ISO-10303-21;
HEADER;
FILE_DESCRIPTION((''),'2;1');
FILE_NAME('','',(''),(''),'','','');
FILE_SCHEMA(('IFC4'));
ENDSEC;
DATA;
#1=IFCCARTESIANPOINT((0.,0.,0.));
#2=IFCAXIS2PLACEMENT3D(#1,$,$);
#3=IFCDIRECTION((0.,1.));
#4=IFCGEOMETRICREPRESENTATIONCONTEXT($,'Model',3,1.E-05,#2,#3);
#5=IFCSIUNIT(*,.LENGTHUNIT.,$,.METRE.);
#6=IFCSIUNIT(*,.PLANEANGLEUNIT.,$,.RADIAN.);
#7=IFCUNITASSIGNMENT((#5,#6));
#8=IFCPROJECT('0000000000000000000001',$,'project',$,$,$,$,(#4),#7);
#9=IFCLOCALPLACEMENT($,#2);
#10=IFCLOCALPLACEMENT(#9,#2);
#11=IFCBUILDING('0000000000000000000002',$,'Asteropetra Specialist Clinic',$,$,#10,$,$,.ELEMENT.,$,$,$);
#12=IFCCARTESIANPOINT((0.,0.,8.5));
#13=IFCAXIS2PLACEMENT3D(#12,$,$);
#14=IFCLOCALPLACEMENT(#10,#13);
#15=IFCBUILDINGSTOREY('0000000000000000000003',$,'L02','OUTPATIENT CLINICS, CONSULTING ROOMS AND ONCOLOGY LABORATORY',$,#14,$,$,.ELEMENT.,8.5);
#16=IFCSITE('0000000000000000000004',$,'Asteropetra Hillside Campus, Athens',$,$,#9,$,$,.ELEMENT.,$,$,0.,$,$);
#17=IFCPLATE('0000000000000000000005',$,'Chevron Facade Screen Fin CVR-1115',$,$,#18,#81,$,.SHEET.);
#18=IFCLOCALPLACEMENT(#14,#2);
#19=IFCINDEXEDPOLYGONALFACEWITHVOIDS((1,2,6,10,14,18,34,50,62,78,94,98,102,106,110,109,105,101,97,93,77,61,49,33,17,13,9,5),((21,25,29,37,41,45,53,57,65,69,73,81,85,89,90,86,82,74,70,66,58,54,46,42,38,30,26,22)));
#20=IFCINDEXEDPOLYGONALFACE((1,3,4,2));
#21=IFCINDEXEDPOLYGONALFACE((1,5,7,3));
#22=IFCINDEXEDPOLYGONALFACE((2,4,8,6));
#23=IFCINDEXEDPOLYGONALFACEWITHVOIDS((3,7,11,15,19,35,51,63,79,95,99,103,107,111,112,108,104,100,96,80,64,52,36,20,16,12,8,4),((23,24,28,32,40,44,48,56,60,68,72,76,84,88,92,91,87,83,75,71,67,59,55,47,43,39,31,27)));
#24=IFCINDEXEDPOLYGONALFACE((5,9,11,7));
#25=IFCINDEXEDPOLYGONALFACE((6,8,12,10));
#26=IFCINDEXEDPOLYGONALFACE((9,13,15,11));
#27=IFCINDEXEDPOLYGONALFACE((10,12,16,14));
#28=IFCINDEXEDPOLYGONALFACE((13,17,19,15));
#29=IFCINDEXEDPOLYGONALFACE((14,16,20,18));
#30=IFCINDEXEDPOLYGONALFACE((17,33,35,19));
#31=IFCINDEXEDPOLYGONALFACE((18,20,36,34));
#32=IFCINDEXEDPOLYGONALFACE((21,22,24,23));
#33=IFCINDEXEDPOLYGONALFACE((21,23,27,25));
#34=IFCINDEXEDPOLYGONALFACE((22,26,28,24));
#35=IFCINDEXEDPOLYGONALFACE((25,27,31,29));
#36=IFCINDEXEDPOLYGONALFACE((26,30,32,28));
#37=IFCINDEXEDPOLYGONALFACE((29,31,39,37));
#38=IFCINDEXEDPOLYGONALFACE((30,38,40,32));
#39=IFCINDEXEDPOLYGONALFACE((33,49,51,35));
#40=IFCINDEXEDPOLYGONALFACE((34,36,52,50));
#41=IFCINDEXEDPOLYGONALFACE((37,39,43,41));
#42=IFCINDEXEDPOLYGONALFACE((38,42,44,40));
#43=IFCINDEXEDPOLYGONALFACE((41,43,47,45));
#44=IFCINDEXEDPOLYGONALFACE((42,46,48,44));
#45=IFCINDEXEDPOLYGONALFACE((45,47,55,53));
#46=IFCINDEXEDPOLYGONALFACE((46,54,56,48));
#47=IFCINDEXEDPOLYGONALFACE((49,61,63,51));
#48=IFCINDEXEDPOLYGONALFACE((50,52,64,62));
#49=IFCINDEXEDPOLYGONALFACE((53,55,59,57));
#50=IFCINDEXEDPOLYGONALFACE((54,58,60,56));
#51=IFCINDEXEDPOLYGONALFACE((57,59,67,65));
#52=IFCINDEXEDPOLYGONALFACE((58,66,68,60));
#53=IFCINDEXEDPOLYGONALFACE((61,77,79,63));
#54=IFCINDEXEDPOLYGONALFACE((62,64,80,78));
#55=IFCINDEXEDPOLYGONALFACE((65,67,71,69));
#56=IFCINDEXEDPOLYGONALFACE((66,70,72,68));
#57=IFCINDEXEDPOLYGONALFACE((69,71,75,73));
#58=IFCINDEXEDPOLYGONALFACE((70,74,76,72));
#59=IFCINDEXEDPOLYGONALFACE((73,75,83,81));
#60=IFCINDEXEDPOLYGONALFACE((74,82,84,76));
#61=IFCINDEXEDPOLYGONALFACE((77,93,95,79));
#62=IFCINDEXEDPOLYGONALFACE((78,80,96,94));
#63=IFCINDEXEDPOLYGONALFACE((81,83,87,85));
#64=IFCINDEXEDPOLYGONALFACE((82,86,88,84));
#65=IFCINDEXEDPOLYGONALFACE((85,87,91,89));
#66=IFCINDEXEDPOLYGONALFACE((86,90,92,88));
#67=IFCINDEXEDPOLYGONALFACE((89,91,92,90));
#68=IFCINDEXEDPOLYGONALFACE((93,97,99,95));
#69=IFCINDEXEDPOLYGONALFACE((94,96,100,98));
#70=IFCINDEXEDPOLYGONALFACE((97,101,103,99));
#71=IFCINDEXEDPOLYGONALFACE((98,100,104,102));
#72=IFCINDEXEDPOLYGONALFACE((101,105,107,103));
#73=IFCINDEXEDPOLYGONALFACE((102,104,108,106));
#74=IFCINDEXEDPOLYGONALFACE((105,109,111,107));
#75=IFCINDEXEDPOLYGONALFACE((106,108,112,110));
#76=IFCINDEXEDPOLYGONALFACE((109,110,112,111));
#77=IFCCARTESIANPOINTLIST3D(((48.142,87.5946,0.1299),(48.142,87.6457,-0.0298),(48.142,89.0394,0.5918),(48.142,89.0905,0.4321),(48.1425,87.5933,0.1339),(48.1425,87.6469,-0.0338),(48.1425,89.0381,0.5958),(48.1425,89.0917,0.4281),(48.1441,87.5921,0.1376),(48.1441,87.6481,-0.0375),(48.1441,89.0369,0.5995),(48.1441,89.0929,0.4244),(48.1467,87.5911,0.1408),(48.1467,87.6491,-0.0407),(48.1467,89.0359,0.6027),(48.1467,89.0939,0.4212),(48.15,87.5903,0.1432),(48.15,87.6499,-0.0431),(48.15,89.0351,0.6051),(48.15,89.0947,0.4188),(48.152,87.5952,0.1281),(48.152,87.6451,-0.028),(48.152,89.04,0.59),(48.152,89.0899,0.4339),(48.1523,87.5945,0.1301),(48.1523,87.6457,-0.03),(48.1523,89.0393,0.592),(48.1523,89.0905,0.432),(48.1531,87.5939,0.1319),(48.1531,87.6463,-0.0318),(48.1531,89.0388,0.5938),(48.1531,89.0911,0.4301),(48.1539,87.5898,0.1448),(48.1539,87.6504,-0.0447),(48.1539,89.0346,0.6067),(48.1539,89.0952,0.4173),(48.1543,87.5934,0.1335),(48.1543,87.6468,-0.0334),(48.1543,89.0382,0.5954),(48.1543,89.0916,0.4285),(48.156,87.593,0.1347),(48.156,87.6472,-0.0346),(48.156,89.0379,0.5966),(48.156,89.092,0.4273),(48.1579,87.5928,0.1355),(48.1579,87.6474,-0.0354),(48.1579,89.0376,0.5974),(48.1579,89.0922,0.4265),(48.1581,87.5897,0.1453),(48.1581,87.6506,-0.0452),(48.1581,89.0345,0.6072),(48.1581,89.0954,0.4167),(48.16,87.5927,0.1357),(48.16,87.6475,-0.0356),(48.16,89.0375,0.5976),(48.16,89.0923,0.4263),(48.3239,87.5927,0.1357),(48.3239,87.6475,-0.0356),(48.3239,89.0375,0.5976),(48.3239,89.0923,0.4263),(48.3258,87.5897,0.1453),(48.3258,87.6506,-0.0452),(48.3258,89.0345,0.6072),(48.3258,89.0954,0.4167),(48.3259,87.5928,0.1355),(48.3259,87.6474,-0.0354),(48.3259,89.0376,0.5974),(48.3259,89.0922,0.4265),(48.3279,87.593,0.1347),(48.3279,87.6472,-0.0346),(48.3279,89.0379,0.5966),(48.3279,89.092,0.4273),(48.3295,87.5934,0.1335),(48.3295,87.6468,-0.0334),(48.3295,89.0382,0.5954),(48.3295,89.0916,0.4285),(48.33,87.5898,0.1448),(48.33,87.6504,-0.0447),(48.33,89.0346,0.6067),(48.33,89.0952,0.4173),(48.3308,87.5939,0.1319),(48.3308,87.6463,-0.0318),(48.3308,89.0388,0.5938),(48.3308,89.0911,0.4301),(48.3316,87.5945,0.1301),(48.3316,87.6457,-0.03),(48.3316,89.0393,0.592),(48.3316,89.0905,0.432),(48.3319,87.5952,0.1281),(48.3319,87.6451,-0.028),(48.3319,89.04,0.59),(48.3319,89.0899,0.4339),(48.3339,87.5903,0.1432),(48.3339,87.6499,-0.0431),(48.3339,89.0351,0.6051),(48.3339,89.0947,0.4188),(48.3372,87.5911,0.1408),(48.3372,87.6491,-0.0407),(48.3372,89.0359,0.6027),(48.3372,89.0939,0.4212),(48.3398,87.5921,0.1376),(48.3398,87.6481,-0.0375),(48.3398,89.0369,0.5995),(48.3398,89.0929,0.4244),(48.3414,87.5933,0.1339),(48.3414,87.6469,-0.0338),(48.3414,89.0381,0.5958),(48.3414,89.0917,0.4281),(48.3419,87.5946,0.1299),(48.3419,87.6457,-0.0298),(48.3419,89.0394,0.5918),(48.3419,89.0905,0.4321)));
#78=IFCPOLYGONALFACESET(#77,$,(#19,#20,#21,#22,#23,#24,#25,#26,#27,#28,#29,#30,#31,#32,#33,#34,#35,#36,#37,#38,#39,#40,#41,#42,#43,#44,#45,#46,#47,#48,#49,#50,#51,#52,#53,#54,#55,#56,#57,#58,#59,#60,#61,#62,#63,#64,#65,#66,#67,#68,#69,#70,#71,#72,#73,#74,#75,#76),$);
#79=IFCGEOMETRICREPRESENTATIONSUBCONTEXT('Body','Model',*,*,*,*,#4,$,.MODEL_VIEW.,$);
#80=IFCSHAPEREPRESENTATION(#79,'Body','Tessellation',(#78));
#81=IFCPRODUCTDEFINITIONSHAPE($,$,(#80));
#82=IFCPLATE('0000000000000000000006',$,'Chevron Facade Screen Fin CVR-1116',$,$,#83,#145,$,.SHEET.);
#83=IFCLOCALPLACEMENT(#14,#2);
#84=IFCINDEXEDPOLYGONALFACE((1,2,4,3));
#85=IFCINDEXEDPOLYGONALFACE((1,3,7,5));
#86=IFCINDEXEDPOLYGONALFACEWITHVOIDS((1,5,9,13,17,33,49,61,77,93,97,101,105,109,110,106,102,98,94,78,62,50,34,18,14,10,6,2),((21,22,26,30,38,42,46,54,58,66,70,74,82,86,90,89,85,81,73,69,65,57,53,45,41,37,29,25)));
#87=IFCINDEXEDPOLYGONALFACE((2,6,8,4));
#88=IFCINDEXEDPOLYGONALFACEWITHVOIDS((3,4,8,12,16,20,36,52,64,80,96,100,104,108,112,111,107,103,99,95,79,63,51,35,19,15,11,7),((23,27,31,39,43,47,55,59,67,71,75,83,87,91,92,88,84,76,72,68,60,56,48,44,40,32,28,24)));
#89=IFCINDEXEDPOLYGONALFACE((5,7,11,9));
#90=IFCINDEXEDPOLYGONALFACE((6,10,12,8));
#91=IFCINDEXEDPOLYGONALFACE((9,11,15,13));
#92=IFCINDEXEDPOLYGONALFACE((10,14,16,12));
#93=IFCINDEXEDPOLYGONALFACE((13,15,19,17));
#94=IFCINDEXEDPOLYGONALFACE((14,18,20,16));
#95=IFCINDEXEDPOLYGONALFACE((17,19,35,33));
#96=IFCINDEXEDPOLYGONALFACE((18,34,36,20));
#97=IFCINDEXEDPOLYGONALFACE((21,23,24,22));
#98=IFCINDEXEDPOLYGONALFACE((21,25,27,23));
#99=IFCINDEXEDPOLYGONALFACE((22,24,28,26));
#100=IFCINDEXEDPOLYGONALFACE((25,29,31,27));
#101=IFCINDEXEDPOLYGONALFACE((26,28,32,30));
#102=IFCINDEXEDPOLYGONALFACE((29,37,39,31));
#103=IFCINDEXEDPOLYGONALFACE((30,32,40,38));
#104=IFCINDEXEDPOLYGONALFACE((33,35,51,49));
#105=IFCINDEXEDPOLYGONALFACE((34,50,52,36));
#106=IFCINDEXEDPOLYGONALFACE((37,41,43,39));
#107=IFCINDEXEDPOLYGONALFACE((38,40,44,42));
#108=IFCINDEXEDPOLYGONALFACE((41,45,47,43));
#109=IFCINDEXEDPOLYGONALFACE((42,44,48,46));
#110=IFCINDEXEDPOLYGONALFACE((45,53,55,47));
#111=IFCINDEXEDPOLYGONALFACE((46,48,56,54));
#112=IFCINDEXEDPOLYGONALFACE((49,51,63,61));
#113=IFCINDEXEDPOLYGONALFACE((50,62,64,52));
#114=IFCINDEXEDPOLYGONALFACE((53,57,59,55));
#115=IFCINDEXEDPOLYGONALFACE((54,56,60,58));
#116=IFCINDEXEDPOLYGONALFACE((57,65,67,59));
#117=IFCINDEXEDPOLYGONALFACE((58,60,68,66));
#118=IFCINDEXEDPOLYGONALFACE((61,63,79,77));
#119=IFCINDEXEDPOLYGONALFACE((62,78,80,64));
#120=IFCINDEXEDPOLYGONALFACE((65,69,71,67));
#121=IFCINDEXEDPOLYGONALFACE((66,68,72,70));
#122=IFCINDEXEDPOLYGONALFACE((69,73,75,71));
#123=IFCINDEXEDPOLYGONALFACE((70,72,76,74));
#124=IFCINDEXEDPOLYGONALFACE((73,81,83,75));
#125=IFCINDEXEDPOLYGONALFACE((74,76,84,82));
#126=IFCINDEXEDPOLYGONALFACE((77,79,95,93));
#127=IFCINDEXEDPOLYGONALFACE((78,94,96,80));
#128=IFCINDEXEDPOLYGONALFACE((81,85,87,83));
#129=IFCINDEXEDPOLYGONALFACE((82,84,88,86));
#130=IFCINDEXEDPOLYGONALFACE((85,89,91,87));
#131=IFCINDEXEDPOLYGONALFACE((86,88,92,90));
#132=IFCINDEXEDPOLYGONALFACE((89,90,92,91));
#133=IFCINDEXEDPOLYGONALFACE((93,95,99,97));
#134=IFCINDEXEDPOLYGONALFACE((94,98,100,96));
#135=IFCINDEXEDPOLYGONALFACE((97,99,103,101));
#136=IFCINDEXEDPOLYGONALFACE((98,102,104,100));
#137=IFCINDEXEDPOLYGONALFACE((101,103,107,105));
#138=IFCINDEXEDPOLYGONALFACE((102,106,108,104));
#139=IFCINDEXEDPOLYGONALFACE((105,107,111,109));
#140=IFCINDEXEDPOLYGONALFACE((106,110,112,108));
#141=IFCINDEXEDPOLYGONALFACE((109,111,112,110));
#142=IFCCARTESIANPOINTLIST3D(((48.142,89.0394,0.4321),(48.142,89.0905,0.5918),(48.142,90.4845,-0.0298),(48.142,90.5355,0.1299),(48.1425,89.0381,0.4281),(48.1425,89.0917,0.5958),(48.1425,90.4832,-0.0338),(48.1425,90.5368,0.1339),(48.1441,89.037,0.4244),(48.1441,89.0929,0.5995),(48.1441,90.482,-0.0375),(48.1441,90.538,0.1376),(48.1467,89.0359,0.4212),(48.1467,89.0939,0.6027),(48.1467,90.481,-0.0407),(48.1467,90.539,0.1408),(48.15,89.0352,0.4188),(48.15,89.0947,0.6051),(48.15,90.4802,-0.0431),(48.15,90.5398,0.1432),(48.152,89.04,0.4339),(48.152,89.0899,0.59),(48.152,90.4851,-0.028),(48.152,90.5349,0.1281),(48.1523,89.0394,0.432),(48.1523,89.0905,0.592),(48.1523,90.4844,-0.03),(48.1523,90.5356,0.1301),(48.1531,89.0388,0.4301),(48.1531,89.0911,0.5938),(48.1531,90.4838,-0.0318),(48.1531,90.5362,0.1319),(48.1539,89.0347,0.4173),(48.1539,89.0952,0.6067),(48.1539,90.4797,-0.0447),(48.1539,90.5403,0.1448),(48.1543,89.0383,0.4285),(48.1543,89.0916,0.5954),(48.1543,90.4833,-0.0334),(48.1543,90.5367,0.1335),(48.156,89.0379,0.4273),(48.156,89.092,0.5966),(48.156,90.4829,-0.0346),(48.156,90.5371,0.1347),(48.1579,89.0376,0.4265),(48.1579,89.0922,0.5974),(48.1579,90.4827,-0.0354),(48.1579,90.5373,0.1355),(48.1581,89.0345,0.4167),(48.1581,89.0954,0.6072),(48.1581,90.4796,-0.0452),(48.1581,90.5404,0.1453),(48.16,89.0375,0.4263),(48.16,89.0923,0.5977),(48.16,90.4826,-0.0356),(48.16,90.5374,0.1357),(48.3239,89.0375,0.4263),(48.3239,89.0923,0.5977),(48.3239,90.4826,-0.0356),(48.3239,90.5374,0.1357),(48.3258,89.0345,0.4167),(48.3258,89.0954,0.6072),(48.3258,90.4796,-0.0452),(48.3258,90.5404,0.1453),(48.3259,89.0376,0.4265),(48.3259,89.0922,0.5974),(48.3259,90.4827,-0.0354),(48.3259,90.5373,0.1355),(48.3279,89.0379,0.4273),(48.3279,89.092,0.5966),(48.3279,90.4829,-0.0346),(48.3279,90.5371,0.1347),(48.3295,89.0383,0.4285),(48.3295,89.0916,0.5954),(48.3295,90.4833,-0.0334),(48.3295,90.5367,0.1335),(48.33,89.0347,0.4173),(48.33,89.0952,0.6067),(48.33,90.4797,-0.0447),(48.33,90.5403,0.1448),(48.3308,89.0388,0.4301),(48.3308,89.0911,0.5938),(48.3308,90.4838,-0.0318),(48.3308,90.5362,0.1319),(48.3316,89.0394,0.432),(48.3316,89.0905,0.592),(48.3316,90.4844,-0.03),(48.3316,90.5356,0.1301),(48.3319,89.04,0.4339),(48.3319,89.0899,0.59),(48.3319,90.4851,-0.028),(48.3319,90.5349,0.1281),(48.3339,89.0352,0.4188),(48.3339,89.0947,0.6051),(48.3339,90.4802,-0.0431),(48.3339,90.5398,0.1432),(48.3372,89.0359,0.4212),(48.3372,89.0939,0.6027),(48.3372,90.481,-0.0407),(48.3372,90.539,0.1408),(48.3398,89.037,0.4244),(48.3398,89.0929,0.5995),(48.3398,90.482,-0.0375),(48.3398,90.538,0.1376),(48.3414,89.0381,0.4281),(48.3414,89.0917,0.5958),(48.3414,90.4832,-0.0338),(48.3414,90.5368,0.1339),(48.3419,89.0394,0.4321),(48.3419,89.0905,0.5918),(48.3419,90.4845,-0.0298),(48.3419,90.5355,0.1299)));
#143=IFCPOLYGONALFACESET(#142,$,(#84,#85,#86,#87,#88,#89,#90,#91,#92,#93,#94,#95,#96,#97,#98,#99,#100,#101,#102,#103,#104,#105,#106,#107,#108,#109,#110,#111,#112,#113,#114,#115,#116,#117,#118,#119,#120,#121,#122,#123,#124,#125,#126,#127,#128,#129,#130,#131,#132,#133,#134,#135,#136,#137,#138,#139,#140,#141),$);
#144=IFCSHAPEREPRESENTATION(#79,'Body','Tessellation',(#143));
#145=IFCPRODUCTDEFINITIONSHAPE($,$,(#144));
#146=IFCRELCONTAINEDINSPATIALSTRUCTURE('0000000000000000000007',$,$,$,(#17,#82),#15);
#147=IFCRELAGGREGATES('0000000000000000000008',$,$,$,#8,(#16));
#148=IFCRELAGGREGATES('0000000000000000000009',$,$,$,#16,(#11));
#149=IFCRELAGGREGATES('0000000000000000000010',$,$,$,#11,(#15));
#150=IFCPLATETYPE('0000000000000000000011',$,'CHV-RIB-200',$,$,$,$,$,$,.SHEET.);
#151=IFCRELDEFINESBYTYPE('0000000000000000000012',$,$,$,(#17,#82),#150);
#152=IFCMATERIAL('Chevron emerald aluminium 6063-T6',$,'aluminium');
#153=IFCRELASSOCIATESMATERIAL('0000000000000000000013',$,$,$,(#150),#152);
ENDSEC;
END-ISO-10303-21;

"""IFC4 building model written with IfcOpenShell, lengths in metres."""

from ifc_helpers import new_model, si_unit, direction, frame, origin, origin_2d, place, context, subcontext, project, spatial, hollow_rectangle, extrude, material, material_profile, profile_set, type_object, element, save


model = new_model("IFC4")

# Units and contexts
model_context = context("Model", 3, precision=1e-05, world=origin(), true_north=direction((0.0, 1.0)))
body_context = subcontext(model_context, "Body", "Model", "MODEL_VIEW")
ifc_project = project(units=[si_unit("LENGTHUNIT", "METRE"), si_unit("PLANEANGLEUNIT", "RADIAN")], contexts=[model_context])

# Site, building, storey
site_placement = place(None, origin())
site = spatial("IfcSite", under=ifc_project, at=site_placement, Name="Asteropetra Hillside Campus, Athens", CompositionType="ELEMENT", RefElevation=0.0)
building_placement = place(site_placement, origin())
building = spatial("IfcBuilding", under=site, at=building_placement, Name="Asteropetra Specialist Clinic", CompositionType="ELEMENT")
storey_placement = place(building_placement, frame((0.0, 0.0, 8.5)))
storey = spatial("IfcBuildingStorey", under=building, at=storey_placement, Name="L02", Description="OUTPATIENT CLINICS, CONSULTING ROOMS AND ONCOLOGY LABORATORY", CompositionType="ELEMENT", Elevation=8.5)

# Plates
ifc_material_1 = material(Name="Chevron emerald aluminium 6063-T6", Category="aluminium")
ifc_material_profile_1 = material_profile(ifc_material_1, hollow_rectangle(XDim=0.2, YDim=0.2, WallThickness=0.01, InnerFilletRadius=0.0081, OuterFilletRadius=0.0161, at=origin_2d()), Name="SHS 200x200x10.0")
ifc_profile_set_1 = profile_set([ifc_material_profile_1], Name="Chevron emerald aluminium 6063-T6")
plate_type_1 = type_object("IfcPlateType", Name="CHV-RIB-200", PredefinedType="SHEET", material=ifc_profile_set_1)
plate_1_placement = place(storey_placement, frame((48.2419, 87.6201, 0.05), z_axis=(0.0, 0.952506, 0.304519), x_axis=(-1.0, 0.0, 0.0)))
element("IfcPlate", 1, at=plate_1_placement, inside=storey, type_object=plate_type_1, Name="Chevron Facade Screen Fin CVR-1115", PredefinedType="SHEET", context=body_context, shape_type="SweptSolid", body=[
    extrude(hollow_rectangle(XDim=0.2, YDim=0.2, WallThickness=0.01, InnerFilletRadius=0.0081, OuterFilletRadius=0.0161, at=origin_2d()), origin(), (0.0, 0.0, 1.0), 1.5168),
])
plate_2_placement = place(storey_placement, frame((48.2419, 89.0649, 0.512), z_axis=(0.0, 0.952521, -0.304472), x_axis=(-1.0, 0.0, 0.0)))
element("IfcPlate", 2, at=plate_2_placement, inside=storey, type_object=plate_type_1, Name="Chevron Facade Screen Fin CVR-1116", PredefinedType="SHEET", context=body_context, shape_type="SweptSolid", body=[
    extrude(hollow_rectangle(XDim=0.2, YDim=0.2, WallThickness=0.01, InnerFilletRadius=0.0081, OuterFilletRadius=0.0161, at=origin_2d()), origin(), (0.0, 0.0, 1.0), 1.5171),
])

save(model, "model.ifc")
